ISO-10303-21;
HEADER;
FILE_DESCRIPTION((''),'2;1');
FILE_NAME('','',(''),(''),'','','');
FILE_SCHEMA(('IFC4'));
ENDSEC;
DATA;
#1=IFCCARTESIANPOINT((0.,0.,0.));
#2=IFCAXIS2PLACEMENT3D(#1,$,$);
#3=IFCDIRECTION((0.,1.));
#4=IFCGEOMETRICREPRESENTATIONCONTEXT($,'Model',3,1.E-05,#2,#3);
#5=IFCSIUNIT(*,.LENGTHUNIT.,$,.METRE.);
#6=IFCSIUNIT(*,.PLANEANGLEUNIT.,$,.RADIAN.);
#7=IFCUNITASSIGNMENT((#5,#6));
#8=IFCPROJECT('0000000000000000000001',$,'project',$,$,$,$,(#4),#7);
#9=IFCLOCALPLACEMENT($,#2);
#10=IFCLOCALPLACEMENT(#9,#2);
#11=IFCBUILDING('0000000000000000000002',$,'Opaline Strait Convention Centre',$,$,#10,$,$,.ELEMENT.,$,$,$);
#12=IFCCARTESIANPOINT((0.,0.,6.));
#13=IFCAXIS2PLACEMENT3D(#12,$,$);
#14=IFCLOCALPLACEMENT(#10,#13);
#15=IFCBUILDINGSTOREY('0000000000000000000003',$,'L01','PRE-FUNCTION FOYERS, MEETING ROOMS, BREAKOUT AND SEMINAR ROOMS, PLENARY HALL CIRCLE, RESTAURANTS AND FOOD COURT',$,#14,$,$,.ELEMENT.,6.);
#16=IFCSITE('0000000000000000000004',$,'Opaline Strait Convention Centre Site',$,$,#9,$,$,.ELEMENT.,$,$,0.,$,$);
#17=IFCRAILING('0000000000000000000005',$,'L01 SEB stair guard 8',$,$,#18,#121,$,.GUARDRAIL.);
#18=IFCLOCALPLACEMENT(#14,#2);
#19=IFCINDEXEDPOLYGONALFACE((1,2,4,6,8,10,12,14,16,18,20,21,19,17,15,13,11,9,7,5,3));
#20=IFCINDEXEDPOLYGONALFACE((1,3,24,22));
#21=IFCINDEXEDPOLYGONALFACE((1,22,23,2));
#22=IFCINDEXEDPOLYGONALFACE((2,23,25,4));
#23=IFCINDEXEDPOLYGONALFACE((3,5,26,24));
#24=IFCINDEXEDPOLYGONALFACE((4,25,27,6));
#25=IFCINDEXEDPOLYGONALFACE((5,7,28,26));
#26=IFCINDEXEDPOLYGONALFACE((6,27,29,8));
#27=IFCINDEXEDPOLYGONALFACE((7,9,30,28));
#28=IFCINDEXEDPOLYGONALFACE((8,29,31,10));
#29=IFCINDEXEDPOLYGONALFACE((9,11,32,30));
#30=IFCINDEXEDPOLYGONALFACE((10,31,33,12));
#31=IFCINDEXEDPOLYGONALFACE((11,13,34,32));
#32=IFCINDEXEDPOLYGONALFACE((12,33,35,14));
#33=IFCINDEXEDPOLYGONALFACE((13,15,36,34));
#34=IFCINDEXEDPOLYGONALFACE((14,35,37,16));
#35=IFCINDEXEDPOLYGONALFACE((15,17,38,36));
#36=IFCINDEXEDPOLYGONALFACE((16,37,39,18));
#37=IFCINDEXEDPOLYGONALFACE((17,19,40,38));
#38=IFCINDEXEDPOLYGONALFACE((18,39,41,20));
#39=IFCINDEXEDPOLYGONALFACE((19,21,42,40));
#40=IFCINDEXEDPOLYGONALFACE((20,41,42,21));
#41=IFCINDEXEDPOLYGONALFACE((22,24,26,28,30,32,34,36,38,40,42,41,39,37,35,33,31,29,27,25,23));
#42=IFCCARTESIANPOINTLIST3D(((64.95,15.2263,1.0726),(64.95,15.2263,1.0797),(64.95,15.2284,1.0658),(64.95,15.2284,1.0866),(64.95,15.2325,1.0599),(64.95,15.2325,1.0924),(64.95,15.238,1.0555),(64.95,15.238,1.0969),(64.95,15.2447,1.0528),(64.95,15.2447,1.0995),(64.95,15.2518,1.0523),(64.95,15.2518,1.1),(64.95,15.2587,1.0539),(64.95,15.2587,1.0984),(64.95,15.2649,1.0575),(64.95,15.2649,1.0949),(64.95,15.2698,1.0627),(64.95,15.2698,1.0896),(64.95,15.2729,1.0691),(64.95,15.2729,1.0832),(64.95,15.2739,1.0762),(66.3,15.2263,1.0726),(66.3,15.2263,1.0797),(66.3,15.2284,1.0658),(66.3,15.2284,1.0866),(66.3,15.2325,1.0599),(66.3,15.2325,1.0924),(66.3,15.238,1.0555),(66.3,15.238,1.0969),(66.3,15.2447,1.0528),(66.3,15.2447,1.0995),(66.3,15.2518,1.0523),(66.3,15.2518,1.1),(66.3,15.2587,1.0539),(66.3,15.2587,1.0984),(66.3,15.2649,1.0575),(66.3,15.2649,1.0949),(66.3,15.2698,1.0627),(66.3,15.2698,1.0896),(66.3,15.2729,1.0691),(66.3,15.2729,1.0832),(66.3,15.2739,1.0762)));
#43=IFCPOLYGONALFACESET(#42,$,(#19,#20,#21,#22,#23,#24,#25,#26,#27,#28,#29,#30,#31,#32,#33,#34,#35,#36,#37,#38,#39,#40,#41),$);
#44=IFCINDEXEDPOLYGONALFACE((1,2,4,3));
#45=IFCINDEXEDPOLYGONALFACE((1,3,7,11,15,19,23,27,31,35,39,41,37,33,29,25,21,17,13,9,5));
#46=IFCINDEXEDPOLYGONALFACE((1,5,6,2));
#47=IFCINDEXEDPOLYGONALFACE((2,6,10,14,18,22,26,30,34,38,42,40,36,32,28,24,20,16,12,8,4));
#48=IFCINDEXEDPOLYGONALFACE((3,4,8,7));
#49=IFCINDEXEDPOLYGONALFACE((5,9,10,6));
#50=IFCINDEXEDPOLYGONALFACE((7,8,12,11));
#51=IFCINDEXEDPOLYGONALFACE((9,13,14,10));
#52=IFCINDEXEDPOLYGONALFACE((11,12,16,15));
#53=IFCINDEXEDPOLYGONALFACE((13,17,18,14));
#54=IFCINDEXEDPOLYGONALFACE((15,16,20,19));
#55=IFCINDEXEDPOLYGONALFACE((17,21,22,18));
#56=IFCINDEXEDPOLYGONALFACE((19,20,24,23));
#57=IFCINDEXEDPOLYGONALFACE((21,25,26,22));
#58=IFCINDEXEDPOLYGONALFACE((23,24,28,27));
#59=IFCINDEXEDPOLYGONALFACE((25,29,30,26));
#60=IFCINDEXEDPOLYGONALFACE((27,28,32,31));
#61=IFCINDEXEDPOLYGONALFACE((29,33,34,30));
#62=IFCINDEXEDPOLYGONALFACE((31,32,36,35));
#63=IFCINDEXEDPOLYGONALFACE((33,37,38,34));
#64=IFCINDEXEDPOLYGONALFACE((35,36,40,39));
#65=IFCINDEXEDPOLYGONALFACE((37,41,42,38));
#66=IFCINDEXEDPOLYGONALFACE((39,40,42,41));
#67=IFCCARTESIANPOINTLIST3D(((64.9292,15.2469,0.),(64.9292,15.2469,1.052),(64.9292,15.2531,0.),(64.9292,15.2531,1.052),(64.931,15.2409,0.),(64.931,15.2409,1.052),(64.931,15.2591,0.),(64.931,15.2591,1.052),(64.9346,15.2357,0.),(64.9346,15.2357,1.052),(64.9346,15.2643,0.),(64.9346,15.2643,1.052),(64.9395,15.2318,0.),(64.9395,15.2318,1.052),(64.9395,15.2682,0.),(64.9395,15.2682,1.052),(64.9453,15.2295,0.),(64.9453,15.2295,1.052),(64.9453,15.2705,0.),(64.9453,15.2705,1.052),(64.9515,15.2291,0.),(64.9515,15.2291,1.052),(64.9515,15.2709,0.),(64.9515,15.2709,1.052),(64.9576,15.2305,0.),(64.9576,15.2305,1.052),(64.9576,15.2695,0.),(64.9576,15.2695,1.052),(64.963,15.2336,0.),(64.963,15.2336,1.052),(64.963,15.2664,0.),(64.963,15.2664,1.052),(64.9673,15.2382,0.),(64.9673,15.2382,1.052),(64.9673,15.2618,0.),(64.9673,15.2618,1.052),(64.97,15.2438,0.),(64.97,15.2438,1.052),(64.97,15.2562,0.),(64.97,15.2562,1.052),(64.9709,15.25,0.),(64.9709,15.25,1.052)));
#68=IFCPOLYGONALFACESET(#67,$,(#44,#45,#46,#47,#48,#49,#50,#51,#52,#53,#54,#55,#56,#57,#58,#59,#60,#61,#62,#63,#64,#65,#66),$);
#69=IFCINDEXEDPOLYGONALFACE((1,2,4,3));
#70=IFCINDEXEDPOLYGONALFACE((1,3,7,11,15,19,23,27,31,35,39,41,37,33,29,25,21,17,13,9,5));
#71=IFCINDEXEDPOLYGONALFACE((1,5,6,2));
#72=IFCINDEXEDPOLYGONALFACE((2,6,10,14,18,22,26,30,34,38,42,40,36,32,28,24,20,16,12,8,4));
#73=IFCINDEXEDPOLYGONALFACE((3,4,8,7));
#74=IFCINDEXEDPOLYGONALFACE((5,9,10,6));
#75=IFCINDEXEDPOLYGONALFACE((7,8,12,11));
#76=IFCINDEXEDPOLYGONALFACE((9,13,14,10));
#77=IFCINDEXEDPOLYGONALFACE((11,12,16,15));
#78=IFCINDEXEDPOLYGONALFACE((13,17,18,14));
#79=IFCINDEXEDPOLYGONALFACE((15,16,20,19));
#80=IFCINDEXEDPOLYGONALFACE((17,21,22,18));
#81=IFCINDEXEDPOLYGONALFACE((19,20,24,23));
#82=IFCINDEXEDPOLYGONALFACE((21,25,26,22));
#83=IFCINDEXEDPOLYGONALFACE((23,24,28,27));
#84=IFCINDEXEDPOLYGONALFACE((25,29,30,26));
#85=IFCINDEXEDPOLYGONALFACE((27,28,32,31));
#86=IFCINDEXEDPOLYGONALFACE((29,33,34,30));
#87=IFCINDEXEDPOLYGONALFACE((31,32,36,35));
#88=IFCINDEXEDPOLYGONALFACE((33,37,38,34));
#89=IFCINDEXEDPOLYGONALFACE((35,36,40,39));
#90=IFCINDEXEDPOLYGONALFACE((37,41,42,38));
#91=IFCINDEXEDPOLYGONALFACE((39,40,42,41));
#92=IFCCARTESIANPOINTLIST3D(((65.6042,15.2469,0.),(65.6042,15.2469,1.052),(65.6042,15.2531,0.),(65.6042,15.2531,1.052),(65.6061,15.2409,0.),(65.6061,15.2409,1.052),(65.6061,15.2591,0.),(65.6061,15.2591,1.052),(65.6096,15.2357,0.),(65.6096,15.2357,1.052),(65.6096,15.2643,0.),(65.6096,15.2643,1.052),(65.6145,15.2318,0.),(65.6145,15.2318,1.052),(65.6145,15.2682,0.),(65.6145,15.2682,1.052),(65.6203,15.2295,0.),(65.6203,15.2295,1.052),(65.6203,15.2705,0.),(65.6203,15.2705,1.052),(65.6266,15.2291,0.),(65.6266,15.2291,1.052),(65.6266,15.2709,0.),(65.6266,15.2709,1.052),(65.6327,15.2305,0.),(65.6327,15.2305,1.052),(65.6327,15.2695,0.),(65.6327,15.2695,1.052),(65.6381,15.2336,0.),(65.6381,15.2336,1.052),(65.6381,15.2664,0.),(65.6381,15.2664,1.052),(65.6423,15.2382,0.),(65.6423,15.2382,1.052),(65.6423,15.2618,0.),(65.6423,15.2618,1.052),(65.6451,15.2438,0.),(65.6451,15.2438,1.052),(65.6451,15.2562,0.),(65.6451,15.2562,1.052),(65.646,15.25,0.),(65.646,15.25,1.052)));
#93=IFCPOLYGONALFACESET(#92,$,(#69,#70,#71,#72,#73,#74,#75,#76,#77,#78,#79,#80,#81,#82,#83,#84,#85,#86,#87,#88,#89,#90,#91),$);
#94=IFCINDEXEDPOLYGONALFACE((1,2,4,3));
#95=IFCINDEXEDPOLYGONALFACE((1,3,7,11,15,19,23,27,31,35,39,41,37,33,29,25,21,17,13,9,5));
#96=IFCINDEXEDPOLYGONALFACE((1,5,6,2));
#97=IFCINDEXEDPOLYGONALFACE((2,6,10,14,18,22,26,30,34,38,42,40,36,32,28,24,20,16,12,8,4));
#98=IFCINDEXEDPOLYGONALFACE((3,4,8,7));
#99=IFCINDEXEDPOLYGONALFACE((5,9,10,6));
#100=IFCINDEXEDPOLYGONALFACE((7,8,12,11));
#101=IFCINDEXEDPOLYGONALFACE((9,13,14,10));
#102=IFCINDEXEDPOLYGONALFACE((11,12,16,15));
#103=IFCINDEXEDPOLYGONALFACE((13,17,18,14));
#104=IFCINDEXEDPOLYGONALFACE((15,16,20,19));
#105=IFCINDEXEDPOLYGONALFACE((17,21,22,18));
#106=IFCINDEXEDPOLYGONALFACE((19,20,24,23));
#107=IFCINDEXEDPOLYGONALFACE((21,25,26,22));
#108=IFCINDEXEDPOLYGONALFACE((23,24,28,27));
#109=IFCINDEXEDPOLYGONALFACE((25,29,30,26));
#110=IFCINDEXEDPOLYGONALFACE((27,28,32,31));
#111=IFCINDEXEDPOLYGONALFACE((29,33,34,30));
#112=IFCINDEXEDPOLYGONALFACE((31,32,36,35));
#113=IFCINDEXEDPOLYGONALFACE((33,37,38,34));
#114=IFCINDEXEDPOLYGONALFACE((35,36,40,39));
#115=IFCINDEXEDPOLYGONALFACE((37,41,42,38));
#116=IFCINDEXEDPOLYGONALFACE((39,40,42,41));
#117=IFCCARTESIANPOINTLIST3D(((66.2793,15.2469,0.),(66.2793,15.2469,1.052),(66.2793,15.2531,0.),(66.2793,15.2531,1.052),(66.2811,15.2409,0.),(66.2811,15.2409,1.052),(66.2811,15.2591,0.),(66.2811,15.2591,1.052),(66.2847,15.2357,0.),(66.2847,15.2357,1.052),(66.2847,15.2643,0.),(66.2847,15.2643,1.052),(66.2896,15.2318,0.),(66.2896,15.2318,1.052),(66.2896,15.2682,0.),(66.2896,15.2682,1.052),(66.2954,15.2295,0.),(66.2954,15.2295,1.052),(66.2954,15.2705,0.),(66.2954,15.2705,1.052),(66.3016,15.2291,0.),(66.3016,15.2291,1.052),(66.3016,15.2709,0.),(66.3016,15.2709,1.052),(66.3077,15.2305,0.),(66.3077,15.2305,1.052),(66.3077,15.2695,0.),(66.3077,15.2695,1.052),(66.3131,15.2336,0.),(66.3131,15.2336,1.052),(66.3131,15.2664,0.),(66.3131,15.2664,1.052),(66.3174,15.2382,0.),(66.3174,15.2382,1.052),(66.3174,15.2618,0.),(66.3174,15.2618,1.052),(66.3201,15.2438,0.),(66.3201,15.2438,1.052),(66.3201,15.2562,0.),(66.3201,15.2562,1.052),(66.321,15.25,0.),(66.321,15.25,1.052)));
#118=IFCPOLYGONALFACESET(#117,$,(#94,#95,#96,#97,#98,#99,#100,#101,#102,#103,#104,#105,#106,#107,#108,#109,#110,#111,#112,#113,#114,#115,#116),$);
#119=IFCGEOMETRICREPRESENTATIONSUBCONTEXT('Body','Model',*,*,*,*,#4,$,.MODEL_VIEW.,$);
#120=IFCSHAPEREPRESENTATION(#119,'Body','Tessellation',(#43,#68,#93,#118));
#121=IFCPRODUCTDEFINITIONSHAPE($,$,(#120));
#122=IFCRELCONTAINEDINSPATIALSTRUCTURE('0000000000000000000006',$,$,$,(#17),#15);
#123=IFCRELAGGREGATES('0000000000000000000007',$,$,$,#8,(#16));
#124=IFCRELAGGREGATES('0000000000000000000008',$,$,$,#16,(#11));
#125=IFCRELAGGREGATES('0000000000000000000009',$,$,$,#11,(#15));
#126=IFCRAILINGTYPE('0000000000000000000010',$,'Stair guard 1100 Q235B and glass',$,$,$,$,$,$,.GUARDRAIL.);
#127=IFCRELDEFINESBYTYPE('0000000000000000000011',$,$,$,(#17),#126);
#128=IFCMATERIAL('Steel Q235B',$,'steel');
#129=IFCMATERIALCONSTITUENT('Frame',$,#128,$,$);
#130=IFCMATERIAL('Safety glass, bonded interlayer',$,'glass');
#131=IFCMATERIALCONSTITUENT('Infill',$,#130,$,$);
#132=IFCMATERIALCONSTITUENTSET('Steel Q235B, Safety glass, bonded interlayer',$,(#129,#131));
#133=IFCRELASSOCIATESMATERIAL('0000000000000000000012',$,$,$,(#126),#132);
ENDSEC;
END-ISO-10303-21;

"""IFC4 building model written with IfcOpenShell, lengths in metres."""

from ifc_helpers import new_model, si_unit, direction, frame, origin, origin_2d, place, context, subcontext, project, spatial, circle, extrude, material, constituent, constituent_set, type_object, element, save


model = new_model("IFC4")

# Units and contexts
model_context = context("Model", 3, precision=1e-05, world=origin(), true_north=direction((0.0, 1.0)))
body_context = subcontext(model_context, "Body", "Model", "MODEL_VIEW")
ifc_project = project(units=[si_unit("LENGTHUNIT", "METRE"), si_unit("PLANEANGLEUNIT", "RADIAN")], contexts=[model_context])

# Site, building, storey
site_placement = place(None, origin())
site = spatial("IfcSite", under=ifc_project, at=site_placement, Name="Opaline Strait Convention Centre Site", CompositionType="ELEMENT", RefElevation=0.0)
building_placement = place(site_placement, origin())
building = spatial("IfcBuilding", under=site, at=building_placement, Name="Opaline Strait Convention Centre", CompositionType="ELEMENT")
storey_placement = place(building_placement, frame((0.0, 0.0, 6.0)))
storey = spatial("IfcBuildingStorey", under=building, at=storey_placement, Name="L01", Description="PRE-FUNCTION FOYERS, MEETING ROOMS, BREAKOUT AND SEMINAR ROOMS, PLENARY HALL CIRCLE, RESTAURANTS AND FOOD COURT", CompositionType="ELEMENT", Elevation=6.0)

# Railing
ifc_material_1 = material(Name="Steel Q235B", Category="steel")
ifc_constituent_1 = constituent(ifc_material_1, Name="Frame")
ifc_material_2 = material(Name="Safety glass, bonded interlayer", Category="glass")
ifc_constituent_2 = constituent(ifc_material_2, Name="Infill")
ifc_constituent_set = constituent_set(constituents=[ifc_constituent_1, ifc_constituent_2], Name="Steel Q235B, Safety glass, bonded interlayer")
railing_type_1 = type_object("IfcRailingType", Name="Stair guard 1100 Q235B and glass", PredefinedType="GUARDRAIL", material=ifc_constituent_set)
railing_1_placement = place(storey_placement, frame((64.95, 15.25, 0.0)))
element("IfcRailing", 1, at=railing_1_placement, inside=storey, type_object=railing_type_1, Name="L01 SEB stair guard 8", PredefinedType="GUARDRAIL", context=body_context, shape_type="SweptSolid", body=[
    extrude(circle(Radius=0.0239, at=origin_2d()), frame((0.0, 0.0, 1.0762), z_axis=(1.0, 0.0, 0.0), x_axis=(0.0, 1.0, 0.0)), (0.0, 0.0, 1.0), 1.3501),
    extrude(circle(Radius=0.021, at=origin_2d()), origin(), (0.0, 0.0, 1.0), 1.052),
    extrude(circle(Radius=0.021, at=origin_2d()), frame((0.675, 0.0, 0.0)), (0.0, 0.0, 1.0), 1.052),
    extrude(circle(Radius=0.021, at=origin_2d()), frame((1.3501, 0.0, 0.0)), (0.0, 0.0, 1.0), 1.052),
])

save(model, "model.ifc")
